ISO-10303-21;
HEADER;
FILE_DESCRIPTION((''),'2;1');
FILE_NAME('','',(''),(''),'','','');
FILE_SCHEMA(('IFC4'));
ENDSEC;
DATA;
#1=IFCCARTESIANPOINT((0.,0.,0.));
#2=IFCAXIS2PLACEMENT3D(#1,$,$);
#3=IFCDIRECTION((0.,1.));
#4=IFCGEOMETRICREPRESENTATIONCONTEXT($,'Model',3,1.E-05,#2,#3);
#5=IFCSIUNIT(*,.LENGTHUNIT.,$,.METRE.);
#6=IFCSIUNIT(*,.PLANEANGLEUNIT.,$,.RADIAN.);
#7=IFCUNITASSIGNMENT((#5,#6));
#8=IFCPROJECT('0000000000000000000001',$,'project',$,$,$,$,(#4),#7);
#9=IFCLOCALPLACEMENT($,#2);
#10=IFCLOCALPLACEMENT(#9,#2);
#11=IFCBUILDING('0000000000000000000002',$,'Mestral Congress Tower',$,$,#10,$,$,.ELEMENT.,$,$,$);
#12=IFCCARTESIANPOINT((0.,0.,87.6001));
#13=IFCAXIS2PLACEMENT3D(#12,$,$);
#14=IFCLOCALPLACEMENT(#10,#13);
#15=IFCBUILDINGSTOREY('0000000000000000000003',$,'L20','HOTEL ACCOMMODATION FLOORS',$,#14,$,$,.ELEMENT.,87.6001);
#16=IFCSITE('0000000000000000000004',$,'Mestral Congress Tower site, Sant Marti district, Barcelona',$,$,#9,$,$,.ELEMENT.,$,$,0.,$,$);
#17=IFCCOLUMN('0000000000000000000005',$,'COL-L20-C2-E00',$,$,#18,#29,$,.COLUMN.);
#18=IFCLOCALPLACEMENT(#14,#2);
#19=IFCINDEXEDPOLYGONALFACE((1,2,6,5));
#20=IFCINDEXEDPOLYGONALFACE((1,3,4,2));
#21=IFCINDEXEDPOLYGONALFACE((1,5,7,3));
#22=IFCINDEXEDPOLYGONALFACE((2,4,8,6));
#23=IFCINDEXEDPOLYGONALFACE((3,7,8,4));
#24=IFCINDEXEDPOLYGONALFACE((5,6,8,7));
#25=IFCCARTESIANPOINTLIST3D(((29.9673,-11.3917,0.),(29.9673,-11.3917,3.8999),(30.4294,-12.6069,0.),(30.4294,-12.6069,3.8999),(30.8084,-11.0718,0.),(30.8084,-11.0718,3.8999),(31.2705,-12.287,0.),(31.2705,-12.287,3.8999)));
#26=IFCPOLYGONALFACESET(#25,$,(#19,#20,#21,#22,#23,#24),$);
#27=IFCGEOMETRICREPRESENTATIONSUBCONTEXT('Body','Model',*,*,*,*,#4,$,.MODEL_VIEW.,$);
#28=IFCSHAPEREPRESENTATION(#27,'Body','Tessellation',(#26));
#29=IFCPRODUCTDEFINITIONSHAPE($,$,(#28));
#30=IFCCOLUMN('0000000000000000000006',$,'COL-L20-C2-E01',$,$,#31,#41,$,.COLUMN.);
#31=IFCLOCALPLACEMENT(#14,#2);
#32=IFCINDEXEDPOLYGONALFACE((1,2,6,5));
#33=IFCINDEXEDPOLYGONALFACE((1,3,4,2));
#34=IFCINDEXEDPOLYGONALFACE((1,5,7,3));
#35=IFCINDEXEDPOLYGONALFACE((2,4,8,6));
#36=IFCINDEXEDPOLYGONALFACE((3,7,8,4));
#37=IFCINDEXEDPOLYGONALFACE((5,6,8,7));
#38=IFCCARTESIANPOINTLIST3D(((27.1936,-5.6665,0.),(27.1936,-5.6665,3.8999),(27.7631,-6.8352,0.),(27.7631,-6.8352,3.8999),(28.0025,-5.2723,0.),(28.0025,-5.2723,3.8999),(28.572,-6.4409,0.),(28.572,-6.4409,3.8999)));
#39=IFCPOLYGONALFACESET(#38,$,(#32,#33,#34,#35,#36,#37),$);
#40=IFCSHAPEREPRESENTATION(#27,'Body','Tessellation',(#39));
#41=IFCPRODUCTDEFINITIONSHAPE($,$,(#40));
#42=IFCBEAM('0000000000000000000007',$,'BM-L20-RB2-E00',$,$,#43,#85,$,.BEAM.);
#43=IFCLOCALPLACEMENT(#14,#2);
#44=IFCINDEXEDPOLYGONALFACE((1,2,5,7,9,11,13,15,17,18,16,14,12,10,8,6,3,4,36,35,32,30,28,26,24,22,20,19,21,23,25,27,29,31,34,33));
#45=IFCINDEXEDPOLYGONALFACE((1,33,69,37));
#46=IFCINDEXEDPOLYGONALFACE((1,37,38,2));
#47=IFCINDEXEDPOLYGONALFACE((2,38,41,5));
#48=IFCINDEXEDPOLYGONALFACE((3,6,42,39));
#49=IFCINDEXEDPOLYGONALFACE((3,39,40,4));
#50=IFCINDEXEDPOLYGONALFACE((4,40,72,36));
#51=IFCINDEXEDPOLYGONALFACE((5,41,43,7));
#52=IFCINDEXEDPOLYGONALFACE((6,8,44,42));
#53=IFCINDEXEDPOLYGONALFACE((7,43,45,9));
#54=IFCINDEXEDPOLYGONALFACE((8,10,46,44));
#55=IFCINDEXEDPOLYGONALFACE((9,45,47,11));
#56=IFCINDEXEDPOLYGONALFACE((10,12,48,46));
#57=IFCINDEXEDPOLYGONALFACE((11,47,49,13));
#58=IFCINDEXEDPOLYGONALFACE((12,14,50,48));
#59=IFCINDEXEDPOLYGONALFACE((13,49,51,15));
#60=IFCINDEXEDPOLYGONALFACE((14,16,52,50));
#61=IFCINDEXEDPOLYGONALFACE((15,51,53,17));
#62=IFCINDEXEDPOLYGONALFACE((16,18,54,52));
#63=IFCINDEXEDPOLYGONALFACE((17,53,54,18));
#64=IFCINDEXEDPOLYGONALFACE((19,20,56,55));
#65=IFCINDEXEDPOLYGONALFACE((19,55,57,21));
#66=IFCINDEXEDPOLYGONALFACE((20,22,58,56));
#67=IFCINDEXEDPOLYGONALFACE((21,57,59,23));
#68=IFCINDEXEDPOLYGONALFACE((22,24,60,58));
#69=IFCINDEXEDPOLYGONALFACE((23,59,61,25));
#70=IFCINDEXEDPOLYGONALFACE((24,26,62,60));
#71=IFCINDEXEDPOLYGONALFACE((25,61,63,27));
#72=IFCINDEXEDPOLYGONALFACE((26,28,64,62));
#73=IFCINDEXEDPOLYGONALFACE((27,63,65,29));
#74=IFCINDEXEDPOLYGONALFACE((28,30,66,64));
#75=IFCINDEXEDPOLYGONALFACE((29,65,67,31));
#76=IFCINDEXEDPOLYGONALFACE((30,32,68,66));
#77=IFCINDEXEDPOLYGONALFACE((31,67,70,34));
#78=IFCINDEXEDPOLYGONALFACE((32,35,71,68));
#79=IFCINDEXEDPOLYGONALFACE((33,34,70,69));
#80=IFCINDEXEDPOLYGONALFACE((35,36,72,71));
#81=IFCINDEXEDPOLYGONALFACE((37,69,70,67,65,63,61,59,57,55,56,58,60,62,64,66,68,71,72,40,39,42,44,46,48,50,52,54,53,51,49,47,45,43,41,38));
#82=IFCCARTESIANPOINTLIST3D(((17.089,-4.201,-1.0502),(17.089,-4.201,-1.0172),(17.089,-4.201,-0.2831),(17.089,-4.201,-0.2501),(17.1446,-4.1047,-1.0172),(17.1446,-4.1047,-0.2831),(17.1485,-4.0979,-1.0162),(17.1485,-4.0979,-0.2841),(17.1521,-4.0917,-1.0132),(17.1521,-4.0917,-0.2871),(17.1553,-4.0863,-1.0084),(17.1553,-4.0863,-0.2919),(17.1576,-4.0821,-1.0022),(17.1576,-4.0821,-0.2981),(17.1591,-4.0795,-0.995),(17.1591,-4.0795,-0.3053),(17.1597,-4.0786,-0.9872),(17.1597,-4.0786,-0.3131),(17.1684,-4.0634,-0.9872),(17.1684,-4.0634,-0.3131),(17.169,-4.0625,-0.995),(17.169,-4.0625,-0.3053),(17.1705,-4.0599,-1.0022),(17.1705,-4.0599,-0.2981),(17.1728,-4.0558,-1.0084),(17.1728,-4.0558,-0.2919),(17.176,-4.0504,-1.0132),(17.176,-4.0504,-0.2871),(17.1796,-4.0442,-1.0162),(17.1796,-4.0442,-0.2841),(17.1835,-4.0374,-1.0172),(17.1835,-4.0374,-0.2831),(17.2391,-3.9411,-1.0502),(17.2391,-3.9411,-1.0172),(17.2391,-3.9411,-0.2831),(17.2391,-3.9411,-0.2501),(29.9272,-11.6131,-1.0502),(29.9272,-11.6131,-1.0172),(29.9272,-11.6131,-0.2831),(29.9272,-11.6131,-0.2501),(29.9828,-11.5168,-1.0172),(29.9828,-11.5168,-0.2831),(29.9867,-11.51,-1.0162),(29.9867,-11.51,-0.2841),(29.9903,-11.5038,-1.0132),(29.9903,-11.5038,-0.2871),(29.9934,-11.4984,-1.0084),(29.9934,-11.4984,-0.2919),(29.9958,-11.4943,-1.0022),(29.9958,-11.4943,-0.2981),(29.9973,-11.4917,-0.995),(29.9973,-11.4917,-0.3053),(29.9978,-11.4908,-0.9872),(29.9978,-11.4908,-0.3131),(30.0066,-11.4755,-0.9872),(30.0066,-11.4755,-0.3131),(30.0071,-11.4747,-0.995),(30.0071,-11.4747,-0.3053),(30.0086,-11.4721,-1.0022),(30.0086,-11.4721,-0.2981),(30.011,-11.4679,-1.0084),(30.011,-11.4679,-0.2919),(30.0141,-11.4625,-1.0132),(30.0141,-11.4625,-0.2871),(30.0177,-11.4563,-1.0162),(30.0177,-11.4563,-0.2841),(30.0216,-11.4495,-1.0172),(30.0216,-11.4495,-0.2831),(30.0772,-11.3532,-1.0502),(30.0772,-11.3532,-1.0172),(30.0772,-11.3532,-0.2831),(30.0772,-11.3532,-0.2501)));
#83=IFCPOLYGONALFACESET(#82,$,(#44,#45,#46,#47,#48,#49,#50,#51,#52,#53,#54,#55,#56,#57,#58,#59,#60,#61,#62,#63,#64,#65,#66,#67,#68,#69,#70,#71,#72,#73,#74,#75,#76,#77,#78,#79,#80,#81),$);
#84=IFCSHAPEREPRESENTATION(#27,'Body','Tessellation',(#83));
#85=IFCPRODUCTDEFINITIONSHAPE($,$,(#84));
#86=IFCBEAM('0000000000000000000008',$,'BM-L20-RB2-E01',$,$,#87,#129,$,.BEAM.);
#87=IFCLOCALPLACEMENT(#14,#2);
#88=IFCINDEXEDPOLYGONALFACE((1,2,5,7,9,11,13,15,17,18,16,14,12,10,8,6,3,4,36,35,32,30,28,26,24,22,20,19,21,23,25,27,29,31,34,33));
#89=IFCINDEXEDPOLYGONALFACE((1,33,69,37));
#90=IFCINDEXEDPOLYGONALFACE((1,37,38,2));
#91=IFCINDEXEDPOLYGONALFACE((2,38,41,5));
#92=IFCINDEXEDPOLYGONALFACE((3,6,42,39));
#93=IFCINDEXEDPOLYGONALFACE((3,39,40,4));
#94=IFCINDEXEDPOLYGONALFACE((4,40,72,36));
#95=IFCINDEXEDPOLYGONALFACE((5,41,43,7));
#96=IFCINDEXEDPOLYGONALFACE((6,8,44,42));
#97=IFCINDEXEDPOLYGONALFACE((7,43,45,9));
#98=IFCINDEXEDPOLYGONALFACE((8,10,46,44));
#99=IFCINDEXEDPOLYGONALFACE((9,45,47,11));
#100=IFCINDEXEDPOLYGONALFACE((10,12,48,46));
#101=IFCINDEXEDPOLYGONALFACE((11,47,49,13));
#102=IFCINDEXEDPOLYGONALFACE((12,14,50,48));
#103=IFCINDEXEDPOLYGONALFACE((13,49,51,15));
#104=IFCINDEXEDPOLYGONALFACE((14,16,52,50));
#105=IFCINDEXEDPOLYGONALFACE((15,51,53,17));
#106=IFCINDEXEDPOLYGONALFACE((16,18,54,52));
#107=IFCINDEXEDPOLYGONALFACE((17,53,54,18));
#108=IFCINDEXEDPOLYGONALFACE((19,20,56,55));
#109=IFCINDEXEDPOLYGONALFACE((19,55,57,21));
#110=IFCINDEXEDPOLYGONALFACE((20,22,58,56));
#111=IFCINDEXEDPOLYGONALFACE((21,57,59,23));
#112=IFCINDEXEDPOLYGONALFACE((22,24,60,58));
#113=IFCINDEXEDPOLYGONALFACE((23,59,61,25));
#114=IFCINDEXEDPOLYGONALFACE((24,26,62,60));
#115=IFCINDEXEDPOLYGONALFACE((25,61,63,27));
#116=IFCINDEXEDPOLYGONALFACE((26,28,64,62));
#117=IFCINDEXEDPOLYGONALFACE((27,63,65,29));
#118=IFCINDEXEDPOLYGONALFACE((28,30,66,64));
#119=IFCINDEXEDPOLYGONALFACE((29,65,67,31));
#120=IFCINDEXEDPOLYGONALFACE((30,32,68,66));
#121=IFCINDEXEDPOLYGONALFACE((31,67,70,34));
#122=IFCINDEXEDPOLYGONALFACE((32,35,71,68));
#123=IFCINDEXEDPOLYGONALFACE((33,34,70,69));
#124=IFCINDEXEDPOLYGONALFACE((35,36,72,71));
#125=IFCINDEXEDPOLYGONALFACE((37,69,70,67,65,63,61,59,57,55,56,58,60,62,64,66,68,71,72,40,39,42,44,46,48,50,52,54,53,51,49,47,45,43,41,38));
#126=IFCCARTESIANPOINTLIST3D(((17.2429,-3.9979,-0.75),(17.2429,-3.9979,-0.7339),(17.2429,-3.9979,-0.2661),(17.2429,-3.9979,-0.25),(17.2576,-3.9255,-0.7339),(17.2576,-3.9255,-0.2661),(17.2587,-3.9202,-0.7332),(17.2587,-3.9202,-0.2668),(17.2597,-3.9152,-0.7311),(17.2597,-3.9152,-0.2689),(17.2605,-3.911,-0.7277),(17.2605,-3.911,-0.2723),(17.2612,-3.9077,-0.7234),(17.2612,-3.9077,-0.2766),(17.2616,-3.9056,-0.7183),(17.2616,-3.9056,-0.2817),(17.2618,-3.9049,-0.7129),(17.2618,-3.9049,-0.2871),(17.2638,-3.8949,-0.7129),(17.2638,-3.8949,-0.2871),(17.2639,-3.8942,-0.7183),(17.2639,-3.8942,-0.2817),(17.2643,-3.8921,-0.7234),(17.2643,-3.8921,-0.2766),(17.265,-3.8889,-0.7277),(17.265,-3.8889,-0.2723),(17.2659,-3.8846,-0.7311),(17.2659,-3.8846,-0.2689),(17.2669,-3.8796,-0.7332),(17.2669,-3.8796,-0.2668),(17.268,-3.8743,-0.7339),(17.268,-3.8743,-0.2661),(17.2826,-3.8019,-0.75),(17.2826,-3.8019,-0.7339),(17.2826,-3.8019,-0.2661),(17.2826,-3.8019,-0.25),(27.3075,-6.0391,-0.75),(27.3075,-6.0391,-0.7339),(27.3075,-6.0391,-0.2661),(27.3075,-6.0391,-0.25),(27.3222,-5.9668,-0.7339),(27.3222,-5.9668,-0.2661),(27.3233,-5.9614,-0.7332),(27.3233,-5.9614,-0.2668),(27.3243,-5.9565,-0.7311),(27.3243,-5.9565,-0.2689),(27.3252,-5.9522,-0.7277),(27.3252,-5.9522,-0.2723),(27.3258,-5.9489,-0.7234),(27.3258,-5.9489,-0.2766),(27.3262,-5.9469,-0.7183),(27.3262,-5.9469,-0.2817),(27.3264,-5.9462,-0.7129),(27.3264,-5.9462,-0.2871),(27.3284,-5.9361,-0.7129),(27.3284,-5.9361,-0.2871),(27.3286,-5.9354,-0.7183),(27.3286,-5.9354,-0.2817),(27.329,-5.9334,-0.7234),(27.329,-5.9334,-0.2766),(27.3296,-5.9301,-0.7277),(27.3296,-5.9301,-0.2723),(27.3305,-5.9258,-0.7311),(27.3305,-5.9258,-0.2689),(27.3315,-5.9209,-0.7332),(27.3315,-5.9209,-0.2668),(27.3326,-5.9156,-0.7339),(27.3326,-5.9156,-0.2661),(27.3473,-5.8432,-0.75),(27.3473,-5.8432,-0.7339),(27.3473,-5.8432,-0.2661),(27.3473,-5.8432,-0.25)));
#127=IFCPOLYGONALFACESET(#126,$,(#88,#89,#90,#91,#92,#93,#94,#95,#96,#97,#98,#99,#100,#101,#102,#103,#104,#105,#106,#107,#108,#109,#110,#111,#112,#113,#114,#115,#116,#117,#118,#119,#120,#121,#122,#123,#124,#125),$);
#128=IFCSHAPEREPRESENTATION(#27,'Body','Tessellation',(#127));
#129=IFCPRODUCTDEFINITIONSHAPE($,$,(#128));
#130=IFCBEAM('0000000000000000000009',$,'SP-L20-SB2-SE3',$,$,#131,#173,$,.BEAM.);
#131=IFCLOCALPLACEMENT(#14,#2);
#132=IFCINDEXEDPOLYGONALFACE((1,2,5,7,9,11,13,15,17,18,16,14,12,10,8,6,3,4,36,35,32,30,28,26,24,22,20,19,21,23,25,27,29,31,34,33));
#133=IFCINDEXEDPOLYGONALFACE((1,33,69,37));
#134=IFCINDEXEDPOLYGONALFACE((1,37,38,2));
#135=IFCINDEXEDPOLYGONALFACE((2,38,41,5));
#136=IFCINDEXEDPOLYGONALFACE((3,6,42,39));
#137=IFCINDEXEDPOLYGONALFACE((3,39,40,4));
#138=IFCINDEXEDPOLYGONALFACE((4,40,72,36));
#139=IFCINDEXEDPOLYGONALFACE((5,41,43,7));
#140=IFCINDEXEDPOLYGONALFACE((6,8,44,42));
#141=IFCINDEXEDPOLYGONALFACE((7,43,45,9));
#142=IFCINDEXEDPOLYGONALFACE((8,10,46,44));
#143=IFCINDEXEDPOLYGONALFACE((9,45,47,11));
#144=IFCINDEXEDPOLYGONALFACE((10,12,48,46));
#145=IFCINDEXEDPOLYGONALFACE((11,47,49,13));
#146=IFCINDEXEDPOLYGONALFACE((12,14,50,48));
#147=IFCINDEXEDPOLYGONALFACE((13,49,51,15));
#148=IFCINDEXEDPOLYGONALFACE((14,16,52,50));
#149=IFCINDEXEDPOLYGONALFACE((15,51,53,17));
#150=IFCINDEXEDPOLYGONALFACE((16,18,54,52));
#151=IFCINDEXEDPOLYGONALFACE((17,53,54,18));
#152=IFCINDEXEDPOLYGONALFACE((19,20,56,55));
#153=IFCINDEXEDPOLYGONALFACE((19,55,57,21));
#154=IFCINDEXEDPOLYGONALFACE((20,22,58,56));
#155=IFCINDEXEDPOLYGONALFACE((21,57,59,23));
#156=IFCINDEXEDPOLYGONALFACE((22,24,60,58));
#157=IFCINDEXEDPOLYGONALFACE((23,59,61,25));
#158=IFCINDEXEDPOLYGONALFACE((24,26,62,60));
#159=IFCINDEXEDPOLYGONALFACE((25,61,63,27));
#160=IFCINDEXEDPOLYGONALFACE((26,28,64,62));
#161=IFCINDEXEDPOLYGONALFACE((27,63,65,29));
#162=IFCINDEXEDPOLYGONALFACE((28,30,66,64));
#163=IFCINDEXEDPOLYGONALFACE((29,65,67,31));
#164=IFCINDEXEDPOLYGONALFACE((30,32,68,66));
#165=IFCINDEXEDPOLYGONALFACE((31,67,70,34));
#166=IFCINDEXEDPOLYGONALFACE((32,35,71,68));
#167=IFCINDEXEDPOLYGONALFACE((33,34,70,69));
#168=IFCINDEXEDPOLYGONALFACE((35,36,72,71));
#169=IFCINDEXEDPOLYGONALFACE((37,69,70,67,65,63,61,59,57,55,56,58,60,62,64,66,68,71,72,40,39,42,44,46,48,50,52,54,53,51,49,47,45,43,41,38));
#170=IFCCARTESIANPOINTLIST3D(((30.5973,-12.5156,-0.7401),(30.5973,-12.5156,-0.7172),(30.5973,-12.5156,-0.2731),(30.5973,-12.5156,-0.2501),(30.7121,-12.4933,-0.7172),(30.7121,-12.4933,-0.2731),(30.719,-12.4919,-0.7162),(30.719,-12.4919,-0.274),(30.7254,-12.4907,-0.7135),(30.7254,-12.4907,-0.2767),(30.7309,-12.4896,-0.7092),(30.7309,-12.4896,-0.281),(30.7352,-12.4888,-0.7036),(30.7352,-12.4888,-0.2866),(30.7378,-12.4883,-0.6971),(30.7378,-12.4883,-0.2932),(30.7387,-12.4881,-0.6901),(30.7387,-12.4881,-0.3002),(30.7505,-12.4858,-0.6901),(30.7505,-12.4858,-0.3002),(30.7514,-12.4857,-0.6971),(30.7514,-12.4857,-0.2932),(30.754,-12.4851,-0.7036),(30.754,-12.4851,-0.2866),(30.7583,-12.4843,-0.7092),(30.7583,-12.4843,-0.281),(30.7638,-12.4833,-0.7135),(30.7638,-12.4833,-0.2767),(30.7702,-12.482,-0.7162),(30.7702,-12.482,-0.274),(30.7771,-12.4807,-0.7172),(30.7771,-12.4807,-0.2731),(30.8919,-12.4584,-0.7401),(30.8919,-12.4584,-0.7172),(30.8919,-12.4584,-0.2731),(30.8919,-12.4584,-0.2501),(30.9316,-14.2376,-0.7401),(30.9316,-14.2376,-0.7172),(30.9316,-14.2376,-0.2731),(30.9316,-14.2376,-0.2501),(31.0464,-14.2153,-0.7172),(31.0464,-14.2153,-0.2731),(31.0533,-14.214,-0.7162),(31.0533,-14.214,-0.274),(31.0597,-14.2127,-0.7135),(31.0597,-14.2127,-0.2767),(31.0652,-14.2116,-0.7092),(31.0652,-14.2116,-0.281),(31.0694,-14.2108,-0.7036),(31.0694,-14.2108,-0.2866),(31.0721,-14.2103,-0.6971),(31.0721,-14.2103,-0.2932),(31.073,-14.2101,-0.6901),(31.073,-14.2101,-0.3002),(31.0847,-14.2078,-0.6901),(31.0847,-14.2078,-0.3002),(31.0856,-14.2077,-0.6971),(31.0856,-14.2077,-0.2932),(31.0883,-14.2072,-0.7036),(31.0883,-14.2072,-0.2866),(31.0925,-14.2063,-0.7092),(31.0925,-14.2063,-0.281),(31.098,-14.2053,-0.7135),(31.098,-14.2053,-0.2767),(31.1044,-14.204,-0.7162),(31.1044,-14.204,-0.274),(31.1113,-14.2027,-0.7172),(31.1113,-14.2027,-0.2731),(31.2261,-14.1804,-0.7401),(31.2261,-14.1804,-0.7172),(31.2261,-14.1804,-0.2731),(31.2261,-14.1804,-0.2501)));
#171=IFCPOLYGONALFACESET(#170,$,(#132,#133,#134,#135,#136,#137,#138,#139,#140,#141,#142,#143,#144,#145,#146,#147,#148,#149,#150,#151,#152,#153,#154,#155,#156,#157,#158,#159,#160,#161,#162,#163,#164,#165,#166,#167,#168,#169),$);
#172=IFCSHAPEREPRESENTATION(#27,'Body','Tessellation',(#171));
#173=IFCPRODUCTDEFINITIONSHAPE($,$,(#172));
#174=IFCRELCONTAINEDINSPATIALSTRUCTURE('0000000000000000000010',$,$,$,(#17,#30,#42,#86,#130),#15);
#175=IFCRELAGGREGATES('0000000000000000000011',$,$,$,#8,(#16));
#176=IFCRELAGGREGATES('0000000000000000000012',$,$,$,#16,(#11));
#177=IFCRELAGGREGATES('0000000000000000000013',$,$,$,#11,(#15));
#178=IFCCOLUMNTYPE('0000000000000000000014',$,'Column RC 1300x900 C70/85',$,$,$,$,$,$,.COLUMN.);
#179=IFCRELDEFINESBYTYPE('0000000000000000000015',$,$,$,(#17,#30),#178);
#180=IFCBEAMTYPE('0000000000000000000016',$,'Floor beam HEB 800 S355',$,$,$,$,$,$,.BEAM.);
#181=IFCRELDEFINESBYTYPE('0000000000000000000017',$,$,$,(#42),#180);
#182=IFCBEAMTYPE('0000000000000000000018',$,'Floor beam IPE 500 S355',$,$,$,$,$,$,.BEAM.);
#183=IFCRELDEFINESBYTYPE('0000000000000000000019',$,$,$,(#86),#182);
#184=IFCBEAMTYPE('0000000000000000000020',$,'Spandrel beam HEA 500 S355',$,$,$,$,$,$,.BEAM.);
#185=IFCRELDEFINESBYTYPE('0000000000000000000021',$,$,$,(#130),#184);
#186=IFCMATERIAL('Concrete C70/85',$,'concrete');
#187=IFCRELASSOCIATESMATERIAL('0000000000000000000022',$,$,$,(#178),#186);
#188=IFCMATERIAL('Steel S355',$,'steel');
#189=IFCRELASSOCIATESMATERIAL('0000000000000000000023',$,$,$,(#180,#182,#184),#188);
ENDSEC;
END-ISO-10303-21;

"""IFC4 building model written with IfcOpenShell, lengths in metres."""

from ifc_helpers import new_model, si_unit, direction, frame, origin, origin_2d, place, context, subcontext, project, spatial, rectangle, i_section, extrude, material, material_profile, profile_set, type_object, element, save


model = new_model("IFC4")

# Units and contexts
model_context = context("Model", 3, precision=1e-05, world=origin(), true_north=direction((0.0, 1.0)))
body_context = subcontext(model_context, "Body", "Model", "MODEL_VIEW")
ifc_project = project(units=[si_unit("LENGTHUNIT", "METRE"), si_unit("PLANEANGLEUNIT", "RADIAN")], contexts=[model_context])

# Site, building, storey
site_placement = place(None, origin())
site = spatial("IfcSite", under=ifc_project, at=site_placement, Name="Mestral Congress Tower site, Sant Marti district, Barcelona", CompositionType="ELEMENT", RefElevation=0.0)
building_placement = place(site_placement, origin())
building = spatial("IfcBuilding", under=site, at=building_placement, Name="Mestral Congress Tower", CompositionType="ELEMENT")
storey_placement = place(building_placement, frame((0.0, 0.0, 87.6001)))
storey = spatial("IfcBuildingStorey", under=building, at=storey_placement, Name="L20", Description="HOTEL ACCOMMODATION FLOORS", CompositionType="ELEMENT", Elevation=87.6001)

# Columns
ifc_material_1 = material(Name="Concrete C70/85", Category="concrete")
ifc_material_profile_1 = material_profile(ifc_material_1, rectangle(XDim=1.3, YDim=0.8999, at=origin_2d()), Name="RC 1300x900")
ifc_profile_set_1 = profile_set([ifc_material_profile_1], Name="Concrete C70/85")
column_type = type_object("IfcColumnType", Name="Column RC 1300x900 C70/85", PredefinedType="COLUMN", material=ifc_profile_set_1)
for number, where, z_axis, x_axis, name in (
    (1, (30.6189, -11.8394, 0.0), (0.0, 0.0, 1.0), (-0.355494, 0.934679, 0.0), "COL-L20-C2-E00"),
    (2, (27.8828, -6.0537, 0.0), (0.0, 0.0, 1.0), (-0.438061, 0.898945, 0.0), "COL-L20-C2-E01"),
):
    element("IfcColumn", number, at=place(storey_placement, frame(where, z_axis=z_axis, x_axis=x_axis)), inside=storey, type_object=column_type, Name=name, PredefinedType="COLUMN", context=body_context, shape_type="SweptSolid", body=[
        extrude(rectangle(XDim=1.3, YDim=0.8999, at=origin_2d()), origin(), (0.0, 0.0, 1.0), 3.8999),
    ])

# Beams
ifc_material_2 = material(Name="Steel S355", Category="steel")
ifc_material_profile_2 = material_profile(ifc_material_2, i_section(OverallWidth=0.3, OverallDepth=0.8, WebThickness=0.0176, FlangeThickness=0.033, FilletRadius=0.03, at=origin_2d()), Name="HEB 800")
ifc_profile_set_2 = profile_set([ifc_material_profile_2], Name="Steel S355")
beam_type_1 = type_object("IfcBeamType", Name="Floor beam HEB 800 S355", PredefinedType="BEAM", material=ifc_profile_set_2)
beam_1_placement = place(storey_placement, frame((30.0022, -11.4832, -0.6501), z_axis=(-0.866025, 0.5, 0.0), x_axis=(-0.5, -0.866025, 0.0)))
element("IfcBeam", 3, at=beam_1_placement, inside=storey, type_object=beam_type_1, Name="BM-L20-RB2-E00", PredefinedType="BEAM", context=body_context, shape_type="SweptSolid", body=[
    extrude(i_section(OverallWidth=0.3, OverallDepth=0.8, WebThickness=0.0176, FlangeThickness=0.033, FilletRadius=0.03, at=origin_2d()), origin(), (0.0, 0.0, 1.0), 14.8242),
])
ifc_material_profile_3 = material_profile(ifc_material_2, i_section(OverallWidth=0.2, OverallDepth=0.5, WebThickness=0.0103, FlangeThickness=0.0161, FilletRadius=0.021, at=origin_2d()), Name="IPE 500")
ifc_profile_set_3 = profile_set([ifc_material_profile_3], Name="Steel S355")
beam_type_2 = type_object("IfcBeamType", Name="Floor beam IPE 500 S355", PredefinedType="BEAM", material=ifc_profile_set_3)
beam_2_placement = place(storey_placement, frame((27.3274, -5.9412, -0.5), z_axis=(-0.980047, 0.198767, 0.0), x_axis=(-0.198767, -0.980047, 0.0)))
element("IfcBeam", 4, at=beam_2_placement, inside=storey, type_object=beam_type_2, Name="BM-L20-RB2-E01", PredefinedType="BEAM", context=body_context, shape_type="SweptSolid", body=[
    extrude(i_section(OverallWidth=0.2, OverallDepth=0.5, WebThickness=0.0103, FlangeThickness=0.0161, FilletRadius=0.021, at=origin_2d()), origin(), (0.0, 0.0, 1.0), 10.2695),
])
ifc_material_profile_4 = material_profile(ifc_material_2, i_section(OverallWidth=0.3, OverallDepth=0.49, WebThickness=0.012, FlangeThickness=0.0229, FilletRadius=0.0271, at=origin_2d()), Name="HEA 500")
ifc_profile_set_4 = profile_set([ifc_material_profile_4], Name="Steel S355")
beam_type_3 = type_object("IfcBeamType", Name="Spandrel beam HEA 500 S355", PredefinedType="BEAM", material=ifc_profile_set_4)
beam_3_placement = place(storey_placement, frame((31.0789, -14.209, -0.4951), z_axis=(-0.190546, 0.981678, 0.0), x_axis=(-0.981678, -0.190546, 0.0)))
element("IfcBeam", 5, at=beam_3_placement, inside=storey, type_object=beam_type_3, Name="SP-L20-SB2-SE3", PredefinedType="BEAM", context=body_context, shape_type="SweptSolid", body=[
    extrude(i_section(OverallWidth=0.3, OverallDepth=0.49, WebThickness=0.012, FlangeThickness=0.0229, FilletRadius=0.0271, at=origin_2d()), origin(), (0.0, 0.0, 1.0), 1.7542),
])

save(model, "model.ifc")
